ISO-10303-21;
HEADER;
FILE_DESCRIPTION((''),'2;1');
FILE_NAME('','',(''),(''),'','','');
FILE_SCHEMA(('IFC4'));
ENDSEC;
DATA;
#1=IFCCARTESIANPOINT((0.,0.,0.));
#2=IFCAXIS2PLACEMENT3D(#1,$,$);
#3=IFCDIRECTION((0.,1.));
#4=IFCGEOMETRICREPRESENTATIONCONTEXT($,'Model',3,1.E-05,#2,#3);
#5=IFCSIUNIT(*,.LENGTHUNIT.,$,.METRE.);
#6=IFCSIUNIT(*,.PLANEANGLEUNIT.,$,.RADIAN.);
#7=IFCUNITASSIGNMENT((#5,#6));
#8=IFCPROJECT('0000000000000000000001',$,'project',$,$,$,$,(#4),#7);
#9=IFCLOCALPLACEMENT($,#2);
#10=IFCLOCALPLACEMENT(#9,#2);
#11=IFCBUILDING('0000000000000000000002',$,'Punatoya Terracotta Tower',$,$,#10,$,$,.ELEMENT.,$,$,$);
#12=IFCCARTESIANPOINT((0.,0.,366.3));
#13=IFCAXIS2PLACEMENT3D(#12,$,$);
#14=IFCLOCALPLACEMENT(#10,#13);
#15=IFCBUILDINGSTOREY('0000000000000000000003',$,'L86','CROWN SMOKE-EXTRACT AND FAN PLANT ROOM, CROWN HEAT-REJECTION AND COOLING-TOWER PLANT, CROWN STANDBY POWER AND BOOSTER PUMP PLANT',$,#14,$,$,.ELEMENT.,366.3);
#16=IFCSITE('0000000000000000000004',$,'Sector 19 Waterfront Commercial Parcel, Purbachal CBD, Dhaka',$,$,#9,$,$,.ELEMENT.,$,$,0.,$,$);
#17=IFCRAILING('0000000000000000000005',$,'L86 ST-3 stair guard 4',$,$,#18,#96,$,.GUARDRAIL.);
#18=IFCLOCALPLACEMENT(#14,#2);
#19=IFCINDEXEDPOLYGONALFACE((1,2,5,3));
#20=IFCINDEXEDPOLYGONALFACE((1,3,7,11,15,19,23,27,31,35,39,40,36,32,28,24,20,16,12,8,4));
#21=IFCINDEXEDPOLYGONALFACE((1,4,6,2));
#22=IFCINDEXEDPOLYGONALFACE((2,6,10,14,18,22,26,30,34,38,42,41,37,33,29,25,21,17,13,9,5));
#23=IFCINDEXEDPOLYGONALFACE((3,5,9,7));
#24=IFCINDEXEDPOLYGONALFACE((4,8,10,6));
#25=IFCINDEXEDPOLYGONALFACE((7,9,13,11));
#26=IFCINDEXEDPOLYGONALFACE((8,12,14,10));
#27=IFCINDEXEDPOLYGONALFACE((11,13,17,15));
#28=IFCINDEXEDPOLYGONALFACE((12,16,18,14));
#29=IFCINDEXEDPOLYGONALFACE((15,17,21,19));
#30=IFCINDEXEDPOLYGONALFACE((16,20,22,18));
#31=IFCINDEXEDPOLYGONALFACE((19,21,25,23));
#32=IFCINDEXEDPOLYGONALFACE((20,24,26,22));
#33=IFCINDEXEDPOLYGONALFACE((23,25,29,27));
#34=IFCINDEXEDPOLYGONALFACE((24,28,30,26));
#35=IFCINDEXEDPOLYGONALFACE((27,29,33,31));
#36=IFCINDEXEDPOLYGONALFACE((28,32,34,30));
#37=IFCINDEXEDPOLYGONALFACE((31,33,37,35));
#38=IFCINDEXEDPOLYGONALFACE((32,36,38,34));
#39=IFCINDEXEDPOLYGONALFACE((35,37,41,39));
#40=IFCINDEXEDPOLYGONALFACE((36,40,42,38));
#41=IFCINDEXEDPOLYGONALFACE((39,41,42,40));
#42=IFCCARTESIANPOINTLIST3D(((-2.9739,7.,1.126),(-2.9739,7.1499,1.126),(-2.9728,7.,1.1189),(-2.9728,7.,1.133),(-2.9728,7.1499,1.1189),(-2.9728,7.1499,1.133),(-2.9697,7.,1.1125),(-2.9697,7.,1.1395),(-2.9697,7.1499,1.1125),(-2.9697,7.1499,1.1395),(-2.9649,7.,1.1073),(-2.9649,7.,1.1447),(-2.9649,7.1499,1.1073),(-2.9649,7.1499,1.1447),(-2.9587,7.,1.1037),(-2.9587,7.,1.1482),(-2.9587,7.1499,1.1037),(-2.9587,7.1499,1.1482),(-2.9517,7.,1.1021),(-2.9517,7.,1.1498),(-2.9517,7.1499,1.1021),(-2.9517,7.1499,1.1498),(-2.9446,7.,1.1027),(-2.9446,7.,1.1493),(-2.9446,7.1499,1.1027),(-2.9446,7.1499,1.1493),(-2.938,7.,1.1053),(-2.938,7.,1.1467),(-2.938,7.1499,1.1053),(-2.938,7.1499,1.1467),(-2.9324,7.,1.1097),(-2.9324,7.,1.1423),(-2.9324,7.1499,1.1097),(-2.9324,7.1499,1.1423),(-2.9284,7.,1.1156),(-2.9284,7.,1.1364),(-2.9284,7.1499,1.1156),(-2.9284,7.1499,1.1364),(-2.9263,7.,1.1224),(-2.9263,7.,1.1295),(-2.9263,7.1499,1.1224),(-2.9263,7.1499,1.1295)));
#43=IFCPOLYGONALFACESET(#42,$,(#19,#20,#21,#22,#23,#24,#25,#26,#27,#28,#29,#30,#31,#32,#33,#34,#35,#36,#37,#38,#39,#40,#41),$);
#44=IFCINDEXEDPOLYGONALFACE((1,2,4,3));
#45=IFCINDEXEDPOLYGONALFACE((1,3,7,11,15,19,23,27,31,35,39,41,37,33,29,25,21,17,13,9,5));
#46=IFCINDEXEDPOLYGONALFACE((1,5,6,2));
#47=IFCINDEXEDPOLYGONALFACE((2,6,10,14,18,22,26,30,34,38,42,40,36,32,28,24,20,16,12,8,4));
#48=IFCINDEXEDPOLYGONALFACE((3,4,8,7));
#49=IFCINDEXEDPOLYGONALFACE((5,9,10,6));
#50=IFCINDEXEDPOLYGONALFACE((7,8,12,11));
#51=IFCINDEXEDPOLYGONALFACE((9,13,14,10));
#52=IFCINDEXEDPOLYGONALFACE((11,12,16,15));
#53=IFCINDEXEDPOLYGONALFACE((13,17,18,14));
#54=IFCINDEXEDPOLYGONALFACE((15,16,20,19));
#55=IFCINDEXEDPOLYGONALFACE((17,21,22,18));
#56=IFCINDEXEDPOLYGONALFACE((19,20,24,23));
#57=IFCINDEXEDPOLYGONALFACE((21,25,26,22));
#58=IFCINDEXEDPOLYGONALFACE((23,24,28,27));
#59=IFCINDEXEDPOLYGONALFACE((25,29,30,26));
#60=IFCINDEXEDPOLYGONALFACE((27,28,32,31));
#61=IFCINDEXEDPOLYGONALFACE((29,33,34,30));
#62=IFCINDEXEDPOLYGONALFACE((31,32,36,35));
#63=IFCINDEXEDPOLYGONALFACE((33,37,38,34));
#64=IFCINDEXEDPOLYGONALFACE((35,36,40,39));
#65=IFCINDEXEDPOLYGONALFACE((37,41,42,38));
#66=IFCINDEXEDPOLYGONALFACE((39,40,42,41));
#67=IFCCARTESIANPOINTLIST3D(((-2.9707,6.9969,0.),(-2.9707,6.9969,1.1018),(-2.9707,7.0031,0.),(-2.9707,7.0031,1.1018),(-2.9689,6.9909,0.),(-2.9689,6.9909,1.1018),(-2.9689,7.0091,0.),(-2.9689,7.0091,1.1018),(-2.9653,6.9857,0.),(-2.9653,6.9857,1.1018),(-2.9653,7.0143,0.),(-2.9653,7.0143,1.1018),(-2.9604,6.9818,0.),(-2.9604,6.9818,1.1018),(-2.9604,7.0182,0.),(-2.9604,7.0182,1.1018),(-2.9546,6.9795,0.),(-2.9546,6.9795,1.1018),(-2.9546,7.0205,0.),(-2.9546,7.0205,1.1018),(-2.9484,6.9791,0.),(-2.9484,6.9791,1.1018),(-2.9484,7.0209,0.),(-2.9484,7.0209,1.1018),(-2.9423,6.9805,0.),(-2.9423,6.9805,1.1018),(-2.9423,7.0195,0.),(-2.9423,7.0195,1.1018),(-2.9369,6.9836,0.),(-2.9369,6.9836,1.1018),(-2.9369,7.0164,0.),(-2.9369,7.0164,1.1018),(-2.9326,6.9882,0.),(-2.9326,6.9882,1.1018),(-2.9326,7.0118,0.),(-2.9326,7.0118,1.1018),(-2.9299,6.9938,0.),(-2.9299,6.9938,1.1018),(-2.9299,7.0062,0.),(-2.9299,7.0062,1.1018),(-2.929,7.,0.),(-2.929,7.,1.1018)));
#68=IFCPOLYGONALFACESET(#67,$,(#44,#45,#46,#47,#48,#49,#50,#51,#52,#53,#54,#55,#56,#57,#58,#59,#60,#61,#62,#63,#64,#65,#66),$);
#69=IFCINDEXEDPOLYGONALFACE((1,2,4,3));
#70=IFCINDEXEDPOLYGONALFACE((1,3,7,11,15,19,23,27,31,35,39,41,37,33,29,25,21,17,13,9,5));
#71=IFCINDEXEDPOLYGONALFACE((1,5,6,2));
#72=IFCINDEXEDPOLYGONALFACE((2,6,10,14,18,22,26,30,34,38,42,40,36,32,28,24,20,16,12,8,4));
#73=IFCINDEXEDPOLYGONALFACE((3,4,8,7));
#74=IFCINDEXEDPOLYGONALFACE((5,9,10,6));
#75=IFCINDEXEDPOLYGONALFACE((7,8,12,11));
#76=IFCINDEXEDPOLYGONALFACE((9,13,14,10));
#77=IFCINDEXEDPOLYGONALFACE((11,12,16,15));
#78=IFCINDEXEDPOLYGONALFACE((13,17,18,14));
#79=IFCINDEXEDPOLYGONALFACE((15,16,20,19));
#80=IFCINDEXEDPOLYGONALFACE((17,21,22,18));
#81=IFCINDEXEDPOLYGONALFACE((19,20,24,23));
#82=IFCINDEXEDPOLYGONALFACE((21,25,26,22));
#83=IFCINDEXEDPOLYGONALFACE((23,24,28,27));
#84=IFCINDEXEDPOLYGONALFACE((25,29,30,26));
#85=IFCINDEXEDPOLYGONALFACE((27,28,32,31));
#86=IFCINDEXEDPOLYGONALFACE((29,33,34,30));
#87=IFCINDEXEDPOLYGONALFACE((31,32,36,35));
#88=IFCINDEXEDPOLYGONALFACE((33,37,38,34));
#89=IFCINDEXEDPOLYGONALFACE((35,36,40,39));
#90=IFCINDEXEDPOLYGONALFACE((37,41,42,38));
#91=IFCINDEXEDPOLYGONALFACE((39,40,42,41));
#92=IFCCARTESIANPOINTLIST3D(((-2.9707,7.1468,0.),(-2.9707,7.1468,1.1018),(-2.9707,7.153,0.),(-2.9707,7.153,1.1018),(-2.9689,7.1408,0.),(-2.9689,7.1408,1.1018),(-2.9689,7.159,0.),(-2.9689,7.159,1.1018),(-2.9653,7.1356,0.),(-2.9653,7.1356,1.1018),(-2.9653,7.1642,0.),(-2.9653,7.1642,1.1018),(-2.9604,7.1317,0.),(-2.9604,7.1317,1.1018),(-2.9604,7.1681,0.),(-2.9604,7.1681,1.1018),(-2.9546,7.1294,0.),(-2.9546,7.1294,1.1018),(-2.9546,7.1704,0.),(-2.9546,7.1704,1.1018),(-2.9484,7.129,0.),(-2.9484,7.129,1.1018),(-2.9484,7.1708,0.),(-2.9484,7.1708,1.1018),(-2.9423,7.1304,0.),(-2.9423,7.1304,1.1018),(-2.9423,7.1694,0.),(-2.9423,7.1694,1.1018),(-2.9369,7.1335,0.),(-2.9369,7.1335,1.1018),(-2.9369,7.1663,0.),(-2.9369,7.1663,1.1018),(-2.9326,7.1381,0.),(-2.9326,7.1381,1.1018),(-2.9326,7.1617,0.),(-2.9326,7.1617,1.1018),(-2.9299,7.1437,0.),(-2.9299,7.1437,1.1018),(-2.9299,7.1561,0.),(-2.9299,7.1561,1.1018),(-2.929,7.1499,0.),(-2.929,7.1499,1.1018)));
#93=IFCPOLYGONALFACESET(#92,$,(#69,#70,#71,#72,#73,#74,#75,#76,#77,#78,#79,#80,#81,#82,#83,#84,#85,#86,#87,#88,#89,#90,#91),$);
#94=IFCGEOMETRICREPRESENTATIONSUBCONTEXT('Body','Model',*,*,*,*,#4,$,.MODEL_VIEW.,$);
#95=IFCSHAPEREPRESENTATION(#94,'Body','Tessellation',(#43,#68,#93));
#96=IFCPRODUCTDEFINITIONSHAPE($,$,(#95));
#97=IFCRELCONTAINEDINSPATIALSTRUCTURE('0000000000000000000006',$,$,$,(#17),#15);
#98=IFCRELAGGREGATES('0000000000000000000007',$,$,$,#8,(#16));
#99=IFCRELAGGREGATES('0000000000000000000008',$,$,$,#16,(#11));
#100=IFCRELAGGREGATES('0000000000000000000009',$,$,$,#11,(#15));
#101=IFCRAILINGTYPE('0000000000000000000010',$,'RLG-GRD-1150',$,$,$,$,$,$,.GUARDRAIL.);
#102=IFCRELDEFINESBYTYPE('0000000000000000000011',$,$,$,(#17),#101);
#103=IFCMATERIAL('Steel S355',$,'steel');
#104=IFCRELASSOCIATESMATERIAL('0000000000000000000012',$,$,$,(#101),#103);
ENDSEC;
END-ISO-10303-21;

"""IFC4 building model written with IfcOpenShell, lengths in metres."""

from ifc_helpers import new_model, si_unit, direction, frame, origin, origin_2d, place, context, subcontext, project, spatial, circle, extrude, material, type_object, element, save


model = new_model("IFC4")

# Units and contexts
model_context = context("Model", 3, precision=1e-05, world=origin(), true_north=direction((0.0, 1.0)))
body_context = subcontext(model_context, "Body", "Model", "MODEL_VIEW")
ifc_project = project(units=[si_unit("LENGTHUNIT", "METRE"), si_unit("PLANEANGLEUNIT", "RADIAN")], contexts=[model_context])

# Site, building, storey
site_placement = place(None, origin())
site = spatial("IfcSite", under=ifc_project, at=site_placement, Name="Sector 19 Waterfront Commercial Parcel, Purbachal CBD, Dhaka", CompositionType="ELEMENT", RefElevation=0.0)
building_placement = place(site_placement, origin())
building = spatial("IfcBuilding", under=site, at=building_placement, Name="Punatoya Terracotta Tower", CompositionType="ELEMENT")
storey_placement = place(building_placement, frame((0.0, 0.0, 366.3)))
storey = spatial("IfcBuildingStorey", under=building, at=storey_placement, Name="L86", Description="CROWN SMOKE-EXTRACT AND FAN PLANT ROOM, CROWN HEAT-REJECTION AND COOLING-TOWER PLANT, CROWN STANDBY POWER AND BOOSTER PUMP PLANT", CompositionType="ELEMENT", Elevation=366.3)

# Shared definitions
ifc_material_1 = material(Name="Steel S355", Category="steel")

# Railing
railing_type_1 = type_object("IfcRailingType", Name="RLG-GRD-1150", PredefinedType="GUARDRAIL", material=ifc_material_1)
railing_1_placement = place(storey_placement, frame((-2.95, 7.0, 0.0)))
element("IfcRailing", 1, at=railing_1_placement, inside=storey, type_object=railing_type_1, Name="L86 ST-3 stair guard 4", PredefinedType="GUARDRAIL", context=body_context, shape_type="SweptSolid", body=[
    extrude(circle(Radius=0.0239, at=origin_2d()), frame((0.0, 0.0, 1.126), z_axis=(0.0, 1.0, 0.0), x_axis=(-1.0, 0.0, 0.0)), (0.0, 0.0, 1.0), 0.1499),
    extrude(circle(Radius=0.021, at=origin_2d()), origin(), (0.0, 0.0, 1.0), 1.1018),
    extrude(circle(Radius=0.021, at=origin_2d()), frame((0.0, 0.1499, 0.0)), (0.0, 0.0, 1.0), 1.1018),
])

save(model, "model.ifc")
